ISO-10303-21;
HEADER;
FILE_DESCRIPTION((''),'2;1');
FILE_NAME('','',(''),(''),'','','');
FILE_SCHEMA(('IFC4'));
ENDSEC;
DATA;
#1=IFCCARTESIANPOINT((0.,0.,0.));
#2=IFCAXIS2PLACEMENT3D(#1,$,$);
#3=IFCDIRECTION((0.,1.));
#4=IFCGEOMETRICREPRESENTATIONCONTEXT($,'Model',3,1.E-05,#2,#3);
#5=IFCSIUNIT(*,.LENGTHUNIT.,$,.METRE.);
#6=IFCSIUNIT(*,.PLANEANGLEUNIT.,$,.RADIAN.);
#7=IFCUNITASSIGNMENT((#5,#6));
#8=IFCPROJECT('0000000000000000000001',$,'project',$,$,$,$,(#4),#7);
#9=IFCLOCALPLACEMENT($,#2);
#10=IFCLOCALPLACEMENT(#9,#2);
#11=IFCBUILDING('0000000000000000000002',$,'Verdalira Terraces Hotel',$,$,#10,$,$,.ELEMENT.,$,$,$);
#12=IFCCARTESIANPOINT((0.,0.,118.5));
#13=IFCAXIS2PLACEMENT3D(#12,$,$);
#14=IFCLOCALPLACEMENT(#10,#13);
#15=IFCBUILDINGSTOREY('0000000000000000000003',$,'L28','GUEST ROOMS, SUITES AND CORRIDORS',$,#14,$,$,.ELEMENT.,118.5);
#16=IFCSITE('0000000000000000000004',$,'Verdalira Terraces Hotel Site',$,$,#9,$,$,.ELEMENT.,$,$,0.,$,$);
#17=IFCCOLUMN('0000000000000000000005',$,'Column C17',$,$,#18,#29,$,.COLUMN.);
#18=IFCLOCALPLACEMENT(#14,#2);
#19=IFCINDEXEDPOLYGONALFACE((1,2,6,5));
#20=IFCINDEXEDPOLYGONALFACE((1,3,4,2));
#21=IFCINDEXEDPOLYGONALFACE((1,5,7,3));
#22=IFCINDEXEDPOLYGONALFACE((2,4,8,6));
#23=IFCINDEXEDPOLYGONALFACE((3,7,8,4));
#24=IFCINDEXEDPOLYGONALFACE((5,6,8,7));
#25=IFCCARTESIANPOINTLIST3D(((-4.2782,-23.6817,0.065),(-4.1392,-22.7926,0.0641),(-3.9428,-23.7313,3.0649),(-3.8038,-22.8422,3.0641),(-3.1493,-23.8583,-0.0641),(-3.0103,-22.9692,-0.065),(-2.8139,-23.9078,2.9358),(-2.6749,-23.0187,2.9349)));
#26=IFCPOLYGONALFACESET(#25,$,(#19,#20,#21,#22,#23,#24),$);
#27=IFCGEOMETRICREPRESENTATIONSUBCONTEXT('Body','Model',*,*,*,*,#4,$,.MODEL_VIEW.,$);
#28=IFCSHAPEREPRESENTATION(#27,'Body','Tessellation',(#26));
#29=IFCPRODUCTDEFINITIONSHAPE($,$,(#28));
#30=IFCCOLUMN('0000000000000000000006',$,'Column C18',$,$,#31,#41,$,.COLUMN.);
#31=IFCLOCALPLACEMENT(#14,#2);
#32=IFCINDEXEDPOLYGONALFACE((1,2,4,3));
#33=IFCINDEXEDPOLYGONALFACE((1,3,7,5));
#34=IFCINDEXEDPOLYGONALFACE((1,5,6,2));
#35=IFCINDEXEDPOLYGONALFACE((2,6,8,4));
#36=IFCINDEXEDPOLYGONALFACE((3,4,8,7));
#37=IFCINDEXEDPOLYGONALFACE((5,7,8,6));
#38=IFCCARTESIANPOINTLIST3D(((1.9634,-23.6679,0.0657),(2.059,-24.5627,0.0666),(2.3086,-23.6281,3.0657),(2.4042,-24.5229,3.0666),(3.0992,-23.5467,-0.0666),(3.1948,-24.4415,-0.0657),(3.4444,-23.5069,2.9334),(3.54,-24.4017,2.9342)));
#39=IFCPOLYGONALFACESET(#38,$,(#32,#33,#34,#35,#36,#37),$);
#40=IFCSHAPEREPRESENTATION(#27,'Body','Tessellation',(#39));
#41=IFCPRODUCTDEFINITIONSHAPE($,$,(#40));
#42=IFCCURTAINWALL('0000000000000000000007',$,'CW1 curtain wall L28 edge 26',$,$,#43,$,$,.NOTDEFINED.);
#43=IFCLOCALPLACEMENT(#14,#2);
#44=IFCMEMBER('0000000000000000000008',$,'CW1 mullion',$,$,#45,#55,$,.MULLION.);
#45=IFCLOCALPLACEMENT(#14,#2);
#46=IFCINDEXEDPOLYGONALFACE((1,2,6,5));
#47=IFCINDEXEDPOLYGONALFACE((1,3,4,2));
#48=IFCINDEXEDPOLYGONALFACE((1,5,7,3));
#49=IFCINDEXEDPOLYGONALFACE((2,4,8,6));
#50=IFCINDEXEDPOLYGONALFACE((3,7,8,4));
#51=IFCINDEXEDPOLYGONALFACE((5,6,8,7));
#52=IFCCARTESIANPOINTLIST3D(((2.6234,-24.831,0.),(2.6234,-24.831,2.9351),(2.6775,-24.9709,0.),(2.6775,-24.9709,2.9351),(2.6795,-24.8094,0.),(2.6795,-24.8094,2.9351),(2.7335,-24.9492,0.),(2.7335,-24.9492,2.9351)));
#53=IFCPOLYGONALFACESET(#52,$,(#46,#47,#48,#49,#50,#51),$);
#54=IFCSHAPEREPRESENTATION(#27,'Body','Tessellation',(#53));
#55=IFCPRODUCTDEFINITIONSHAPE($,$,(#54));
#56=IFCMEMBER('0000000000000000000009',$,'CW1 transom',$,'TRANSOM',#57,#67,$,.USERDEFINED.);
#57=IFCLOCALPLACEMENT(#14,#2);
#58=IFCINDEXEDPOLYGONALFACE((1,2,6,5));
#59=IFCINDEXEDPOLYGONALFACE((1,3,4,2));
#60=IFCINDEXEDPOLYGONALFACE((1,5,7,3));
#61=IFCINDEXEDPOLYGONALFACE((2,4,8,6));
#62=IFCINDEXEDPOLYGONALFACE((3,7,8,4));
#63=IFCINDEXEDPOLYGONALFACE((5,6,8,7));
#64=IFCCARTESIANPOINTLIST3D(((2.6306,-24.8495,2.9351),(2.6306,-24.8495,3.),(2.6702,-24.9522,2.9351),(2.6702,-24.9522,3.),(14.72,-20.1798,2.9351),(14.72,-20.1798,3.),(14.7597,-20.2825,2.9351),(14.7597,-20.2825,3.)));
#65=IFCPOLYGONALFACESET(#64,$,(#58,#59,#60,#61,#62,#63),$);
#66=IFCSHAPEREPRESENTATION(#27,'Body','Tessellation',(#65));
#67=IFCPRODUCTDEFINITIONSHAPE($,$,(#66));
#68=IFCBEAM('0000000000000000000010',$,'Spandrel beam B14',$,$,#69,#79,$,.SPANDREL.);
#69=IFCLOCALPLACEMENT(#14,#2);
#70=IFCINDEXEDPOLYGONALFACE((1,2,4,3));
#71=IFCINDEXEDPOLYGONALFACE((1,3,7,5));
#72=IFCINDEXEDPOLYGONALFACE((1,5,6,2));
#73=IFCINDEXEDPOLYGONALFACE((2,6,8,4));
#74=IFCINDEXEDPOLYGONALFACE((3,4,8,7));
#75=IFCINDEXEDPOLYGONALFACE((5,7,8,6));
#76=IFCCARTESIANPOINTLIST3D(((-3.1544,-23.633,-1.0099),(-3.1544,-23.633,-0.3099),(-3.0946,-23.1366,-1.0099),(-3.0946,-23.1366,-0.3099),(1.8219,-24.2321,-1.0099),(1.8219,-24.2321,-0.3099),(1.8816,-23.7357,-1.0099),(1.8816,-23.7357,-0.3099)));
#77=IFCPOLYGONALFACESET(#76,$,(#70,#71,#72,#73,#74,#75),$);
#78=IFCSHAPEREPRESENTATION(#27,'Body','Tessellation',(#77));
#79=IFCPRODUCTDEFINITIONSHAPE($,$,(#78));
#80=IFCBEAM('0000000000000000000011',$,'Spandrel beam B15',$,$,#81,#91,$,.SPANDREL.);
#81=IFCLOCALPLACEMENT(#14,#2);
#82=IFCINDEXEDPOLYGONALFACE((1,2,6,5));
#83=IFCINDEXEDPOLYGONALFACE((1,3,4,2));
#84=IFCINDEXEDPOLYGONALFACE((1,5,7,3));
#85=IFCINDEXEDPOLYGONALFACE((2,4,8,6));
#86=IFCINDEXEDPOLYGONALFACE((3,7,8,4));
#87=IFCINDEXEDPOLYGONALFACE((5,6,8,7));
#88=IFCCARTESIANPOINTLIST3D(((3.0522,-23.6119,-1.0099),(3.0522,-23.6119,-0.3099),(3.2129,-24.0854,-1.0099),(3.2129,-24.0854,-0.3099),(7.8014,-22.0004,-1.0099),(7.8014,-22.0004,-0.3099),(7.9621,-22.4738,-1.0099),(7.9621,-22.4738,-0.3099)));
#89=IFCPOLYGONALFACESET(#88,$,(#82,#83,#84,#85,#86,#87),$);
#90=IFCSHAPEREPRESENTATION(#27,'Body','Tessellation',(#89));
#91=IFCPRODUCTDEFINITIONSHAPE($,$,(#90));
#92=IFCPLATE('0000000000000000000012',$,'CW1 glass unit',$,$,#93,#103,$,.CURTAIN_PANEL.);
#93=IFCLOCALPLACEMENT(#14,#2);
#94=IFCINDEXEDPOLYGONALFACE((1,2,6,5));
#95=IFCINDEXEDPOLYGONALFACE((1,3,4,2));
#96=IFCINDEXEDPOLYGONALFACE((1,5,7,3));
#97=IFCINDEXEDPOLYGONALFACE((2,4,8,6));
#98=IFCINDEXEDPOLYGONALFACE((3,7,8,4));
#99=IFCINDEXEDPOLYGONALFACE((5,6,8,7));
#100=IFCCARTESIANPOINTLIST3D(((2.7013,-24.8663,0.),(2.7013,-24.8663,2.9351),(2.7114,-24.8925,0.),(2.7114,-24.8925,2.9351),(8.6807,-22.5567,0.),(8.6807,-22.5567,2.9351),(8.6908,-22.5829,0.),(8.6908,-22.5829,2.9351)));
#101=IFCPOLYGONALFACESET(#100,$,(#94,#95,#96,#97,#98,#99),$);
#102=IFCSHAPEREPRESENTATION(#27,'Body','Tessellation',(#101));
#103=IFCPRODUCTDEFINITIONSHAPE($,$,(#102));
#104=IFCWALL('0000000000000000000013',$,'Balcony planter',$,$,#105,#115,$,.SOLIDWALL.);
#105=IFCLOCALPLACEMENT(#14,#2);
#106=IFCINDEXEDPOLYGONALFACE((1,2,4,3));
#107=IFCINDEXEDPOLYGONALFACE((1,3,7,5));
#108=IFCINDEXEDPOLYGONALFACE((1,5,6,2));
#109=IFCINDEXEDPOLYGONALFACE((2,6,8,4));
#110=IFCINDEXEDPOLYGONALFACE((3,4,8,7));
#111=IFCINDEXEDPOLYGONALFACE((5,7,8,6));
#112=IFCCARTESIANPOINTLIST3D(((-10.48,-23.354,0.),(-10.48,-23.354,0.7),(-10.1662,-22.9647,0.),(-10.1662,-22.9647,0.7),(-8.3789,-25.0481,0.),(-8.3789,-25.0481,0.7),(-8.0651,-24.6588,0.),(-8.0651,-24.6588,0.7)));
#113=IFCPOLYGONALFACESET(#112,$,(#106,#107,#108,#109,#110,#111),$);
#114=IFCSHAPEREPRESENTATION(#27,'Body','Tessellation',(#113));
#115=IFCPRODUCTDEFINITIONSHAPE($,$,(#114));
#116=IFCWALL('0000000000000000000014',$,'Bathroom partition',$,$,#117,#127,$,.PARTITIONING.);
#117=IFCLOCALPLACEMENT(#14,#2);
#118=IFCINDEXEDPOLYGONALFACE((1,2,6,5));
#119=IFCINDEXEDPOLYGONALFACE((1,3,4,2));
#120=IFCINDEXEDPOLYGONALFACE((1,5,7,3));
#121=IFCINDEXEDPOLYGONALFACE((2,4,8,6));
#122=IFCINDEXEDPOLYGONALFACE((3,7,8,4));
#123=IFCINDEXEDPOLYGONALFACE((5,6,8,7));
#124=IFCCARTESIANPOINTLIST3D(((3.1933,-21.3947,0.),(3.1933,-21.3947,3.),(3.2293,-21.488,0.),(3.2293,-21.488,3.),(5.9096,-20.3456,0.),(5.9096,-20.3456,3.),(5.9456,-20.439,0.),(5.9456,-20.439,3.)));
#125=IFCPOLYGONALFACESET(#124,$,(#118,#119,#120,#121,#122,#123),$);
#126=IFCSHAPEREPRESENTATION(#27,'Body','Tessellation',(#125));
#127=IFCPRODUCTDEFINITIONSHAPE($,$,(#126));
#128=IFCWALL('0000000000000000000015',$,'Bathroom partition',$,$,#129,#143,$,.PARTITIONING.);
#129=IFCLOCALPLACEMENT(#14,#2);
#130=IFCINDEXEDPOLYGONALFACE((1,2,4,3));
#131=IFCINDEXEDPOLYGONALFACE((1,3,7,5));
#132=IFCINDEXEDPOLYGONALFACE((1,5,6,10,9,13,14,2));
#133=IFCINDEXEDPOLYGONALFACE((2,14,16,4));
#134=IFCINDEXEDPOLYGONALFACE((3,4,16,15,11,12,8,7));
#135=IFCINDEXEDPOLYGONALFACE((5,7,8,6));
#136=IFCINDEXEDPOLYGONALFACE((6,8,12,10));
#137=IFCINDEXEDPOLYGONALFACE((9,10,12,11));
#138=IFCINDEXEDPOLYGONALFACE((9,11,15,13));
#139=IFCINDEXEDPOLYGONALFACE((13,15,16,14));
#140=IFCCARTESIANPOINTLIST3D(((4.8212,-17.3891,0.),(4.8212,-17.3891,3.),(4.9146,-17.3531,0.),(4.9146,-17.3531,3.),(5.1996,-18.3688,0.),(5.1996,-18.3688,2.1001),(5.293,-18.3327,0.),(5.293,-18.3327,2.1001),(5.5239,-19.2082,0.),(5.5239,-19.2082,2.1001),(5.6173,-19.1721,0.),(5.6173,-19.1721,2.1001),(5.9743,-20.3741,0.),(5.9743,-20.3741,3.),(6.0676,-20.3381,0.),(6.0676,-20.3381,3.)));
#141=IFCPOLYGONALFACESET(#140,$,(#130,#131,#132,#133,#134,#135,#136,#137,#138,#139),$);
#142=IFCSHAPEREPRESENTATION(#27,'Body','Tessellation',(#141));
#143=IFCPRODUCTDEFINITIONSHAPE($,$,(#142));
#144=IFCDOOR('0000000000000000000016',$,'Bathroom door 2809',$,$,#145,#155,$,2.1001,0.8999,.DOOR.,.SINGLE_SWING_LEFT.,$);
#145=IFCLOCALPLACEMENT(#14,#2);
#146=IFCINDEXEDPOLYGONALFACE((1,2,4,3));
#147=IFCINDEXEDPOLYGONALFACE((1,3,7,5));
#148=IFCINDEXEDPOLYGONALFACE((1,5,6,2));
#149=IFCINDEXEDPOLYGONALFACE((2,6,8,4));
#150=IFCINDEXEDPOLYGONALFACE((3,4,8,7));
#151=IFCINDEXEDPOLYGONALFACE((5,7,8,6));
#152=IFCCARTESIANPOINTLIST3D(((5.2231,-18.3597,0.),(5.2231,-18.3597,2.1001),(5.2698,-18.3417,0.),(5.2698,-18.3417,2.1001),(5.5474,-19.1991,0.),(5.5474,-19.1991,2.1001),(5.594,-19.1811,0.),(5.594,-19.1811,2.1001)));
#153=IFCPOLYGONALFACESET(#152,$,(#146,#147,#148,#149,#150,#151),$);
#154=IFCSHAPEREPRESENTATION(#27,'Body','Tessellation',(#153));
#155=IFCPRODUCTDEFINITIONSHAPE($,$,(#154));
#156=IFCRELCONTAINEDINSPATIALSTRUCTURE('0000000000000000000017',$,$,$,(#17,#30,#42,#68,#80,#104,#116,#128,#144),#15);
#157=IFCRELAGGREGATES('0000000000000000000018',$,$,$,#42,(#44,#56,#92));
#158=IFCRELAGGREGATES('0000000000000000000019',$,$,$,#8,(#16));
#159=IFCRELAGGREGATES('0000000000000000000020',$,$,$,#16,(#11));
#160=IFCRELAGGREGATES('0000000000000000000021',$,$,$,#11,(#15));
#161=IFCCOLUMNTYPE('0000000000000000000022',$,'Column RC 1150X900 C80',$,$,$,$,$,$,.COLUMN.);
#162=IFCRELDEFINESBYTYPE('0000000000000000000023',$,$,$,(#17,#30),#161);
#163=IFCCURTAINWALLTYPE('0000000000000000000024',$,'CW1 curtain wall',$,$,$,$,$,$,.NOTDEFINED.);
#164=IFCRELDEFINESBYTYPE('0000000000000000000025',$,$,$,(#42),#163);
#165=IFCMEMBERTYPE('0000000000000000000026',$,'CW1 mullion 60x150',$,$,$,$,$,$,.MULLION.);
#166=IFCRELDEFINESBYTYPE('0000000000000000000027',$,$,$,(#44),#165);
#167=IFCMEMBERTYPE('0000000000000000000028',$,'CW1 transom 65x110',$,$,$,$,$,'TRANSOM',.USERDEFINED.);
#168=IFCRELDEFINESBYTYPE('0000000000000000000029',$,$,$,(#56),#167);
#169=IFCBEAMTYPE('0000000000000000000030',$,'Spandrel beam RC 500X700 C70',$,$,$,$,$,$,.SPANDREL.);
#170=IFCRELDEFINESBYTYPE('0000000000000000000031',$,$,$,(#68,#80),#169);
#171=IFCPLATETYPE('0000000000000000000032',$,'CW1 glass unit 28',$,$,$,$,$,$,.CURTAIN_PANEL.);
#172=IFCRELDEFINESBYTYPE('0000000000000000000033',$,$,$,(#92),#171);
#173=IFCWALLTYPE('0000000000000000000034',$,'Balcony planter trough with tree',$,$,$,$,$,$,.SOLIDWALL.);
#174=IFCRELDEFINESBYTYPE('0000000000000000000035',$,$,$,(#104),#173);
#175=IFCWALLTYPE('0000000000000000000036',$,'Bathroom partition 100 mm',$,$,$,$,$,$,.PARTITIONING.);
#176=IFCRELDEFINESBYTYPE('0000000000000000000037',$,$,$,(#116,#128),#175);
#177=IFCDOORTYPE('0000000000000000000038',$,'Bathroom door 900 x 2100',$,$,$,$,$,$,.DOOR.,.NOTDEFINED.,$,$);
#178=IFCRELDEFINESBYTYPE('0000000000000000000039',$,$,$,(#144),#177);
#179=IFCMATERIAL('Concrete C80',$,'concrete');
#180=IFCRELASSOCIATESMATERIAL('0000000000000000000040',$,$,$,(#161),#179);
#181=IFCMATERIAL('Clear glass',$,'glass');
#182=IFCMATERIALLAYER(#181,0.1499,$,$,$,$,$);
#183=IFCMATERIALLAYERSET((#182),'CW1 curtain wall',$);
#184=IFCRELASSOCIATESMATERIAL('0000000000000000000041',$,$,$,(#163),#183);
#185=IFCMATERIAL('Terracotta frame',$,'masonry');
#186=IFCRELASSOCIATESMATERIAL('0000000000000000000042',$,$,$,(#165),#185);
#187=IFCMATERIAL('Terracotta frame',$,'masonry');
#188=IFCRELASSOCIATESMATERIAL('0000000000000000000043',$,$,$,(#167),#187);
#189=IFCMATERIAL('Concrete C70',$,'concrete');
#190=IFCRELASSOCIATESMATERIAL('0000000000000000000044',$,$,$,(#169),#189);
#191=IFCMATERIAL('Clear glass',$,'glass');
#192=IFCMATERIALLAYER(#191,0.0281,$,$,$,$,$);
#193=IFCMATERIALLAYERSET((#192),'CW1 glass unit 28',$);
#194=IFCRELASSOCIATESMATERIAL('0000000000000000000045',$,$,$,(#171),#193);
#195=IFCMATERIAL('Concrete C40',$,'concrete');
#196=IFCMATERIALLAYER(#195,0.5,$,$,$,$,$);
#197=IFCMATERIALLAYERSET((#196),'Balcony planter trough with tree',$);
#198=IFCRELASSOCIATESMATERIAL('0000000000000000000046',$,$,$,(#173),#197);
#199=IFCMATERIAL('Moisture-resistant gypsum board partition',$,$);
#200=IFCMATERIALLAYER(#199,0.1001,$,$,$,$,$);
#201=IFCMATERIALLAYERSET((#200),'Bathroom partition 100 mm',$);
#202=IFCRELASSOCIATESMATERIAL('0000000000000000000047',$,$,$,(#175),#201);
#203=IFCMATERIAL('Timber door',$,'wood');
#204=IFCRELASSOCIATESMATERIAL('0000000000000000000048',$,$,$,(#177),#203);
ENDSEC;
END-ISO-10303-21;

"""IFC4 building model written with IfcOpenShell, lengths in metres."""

from ifc_helpers import new_model, si_unit, direction, frame, frame_2d, origin, origin_2d, place, context, subcontext, project, spatial, rectangle, extrude, material, layer, layer_set, material_profile, profile_set, type_object, element, fill, aggregate, save


model = new_model("IFC4")

# Units and contexts
model_context = context("Model", 3, precision=1e-05, world=origin(), true_north=direction((0.0, 1.0)))
body_context = subcontext(model_context, "Body", "Model", "MODEL_VIEW")
ifc_project = project(units=[si_unit("LENGTHUNIT", "METRE"), si_unit("PLANEANGLEUNIT", "RADIAN")], contexts=[model_context])

# Site, building, storey
site_placement = place(None, origin())
site = spatial("IfcSite", under=ifc_project, at=site_placement, Name="Verdalira Terraces Hotel Site", CompositionType="ELEMENT", RefElevation=0.0)
building_placement = place(site_placement, origin())
building = spatial("IfcBuilding", under=site, at=building_placement, Name="Verdalira Terraces Hotel", CompositionType="ELEMENT")
storey_placement = place(building_placement, frame((0.0, 0.0, 118.5)))
storey = spatial("IfcBuildingStorey", under=building, at=storey_placement, Name="L28", Description="GUEST ROOMS, SUITES AND CORRIDORS", CompositionType="ELEMENT", Elevation=118.5)

# Columns
ifc_material_1 = material(Name="Concrete C80", Category="concrete")
ifc_material_profile_1 = material_profile(ifc_material_1, rectangle(XDim=1.1499, YDim=0.8999, at=origin_2d()), Name="RC 1150X900")
ifc_profile_set_1 = profile_set([ifc_material_profile_1], Name="Concrete C80")
column_type = type_object("IfcColumnType", Name="Column RC 1150X900 C80", PredefinedType="COLUMN", material=ifc_profile_set_1)
column_1_placement = place(storey_placement, frame((-3.6443, -23.3254, 0.0), z_axis=(0.111109, -0.016416, 0.993673), x_axis=(0.981735, -0.153568, -0.112311)))
element("IfcColumn", 1, at=column_1_placement, inside=storey, type_object=column_type, Name="Column C17", PredefinedType="COLUMN", context=body_context, shape_type="SweptSolid", body=[
    extrude(rectangle(XDim=1.1499, YDim=0.8999, at=origin_2d()), origin(), (0.0, 0.0, 1.0), 3.019),
])
column_2_placement = place(storey_placement, frame((2.5791, -24.0547, 0.0), z_axis=(0.114307, 0.013177, 0.993358), x_axis=(-0.987754, -0.105375, 0.11506)))
element("IfcColumn", 2, at=column_2_placement, inside=storey, type_object=column_type, Name="Column C18", PredefinedType="COLUMN", context=body_context, shape_type="SweptSolid", body=[
    extrude(rectangle(XDim=1.1499, YDim=0.8999, at=origin_2d()), origin(), (0.0, 0.0, 1.0), 3.02),
])

# Curtain wall, members
ifc_material_2 = material(Name="Clear glass", Category="glass")
ifc_layer_1 = layer(ifc_material_2, 0.1499)
ifc_layer_set_1 = layer_set([ifc_layer_1], Name="CW1 curtain wall")
curtain_wall_type = type_object("IfcCurtainWallType", Name="CW1 curtain wall", PredefinedType="NOTDEFINED", material=ifc_layer_set_1)
curtain_wall_placement = place(storey_placement, origin())
curtain_wall = element("IfcCurtainWall", 3, at=curtain_wall_placement, inside=storey, type_object=curtain_wall_type, Name="CW1 curtain wall L28 edge 26", PredefinedType="NOTDEFINED")
ifc_material_3 = material(Name="Terracotta frame", Category="masonry")
ifc_material_profile_2 = material_profile(ifc_material_3, rectangle(XDim=0.0601, YDim=0.1499, at=origin_2d()), Name="MU 60x150")
ifc_profile_set_2 = profile_set([ifc_material_profile_2], Name="Terracotta frame")
member_type_1 = type_object("IfcMemberType", Name="CW1 mullion 60x150", PredefinedType="MULLION", material=ifc_profile_set_2)
member_1_placement = place(storey_placement, frame((2.6785, -24.8901, 0.0), z_axis=(0.0, 0.0, 1.0), x_axis=(0.932828, 0.360322, 0.0)))
member_1 = element("IfcMember", 4, at=member_1_placement, type_object=member_type_1, Name="CW1 mullion", PredefinedType="MULLION", context=body_context, shape_type="SweptSolid", body=[
    extrude(rectangle(XDim=0.0601, YDim=0.1499, at=origin_2d()), origin(), (0.0, 0.0, 1.0), 2.9351),
])
ifc_material_4 = material(Name="Terracotta frame", Category="masonry")
ifc_material_profile_3 = material_profile(ifc_material_4, rectangle(XDim=0.1101, YDim=0.0649, at=origin_2d()), Name="TR 65x110")
ifc_profile_set_3 = profile_set([ifc_material_profile_3], Name="Terracotta frame")
member_type_2 = type_object("IfcMemberType", Name="CW1 transom 65x110", ElementType="TRANSOM", PredefinedType="USERDEFINED", material=ifc_profile_set_3)
member_2_placement = place(storey_placement, frame((2.6504, -24.9009, 2.9675), z_axis=(0.93283, 0.360318, 0.0), x_axis=(-0.360318, 0.93283, 0.0)))
member_2 = element("IfcMember", 5, at=member_2_placement, type_object=member_type_2, Name="CW1 transom", ObjectType="TRANSOM", PredefinedType="USERDEFINED", context=body_context, shape_type="SweptSolid", body=[
    extrude(rectangle(XDim=0.1101, YDim=0.0649, at=origin_2d()), origin(), (0.0, 0.0, 1.0), 12.96),
])

# Beams
ifc_material_5 = material(Name="Concrete C70", Category="concrete")
ifc_material_profile_4 = material_profile(ifc_material_5, rectangle(XDim=0.5, YDim=0.7, at=origin_2d()), Name="RC 500X700")
ifc_profile_set_4 = profile_set([ifc_material_profile_4], Name="Concrete C70")
beam_type = type_object("IfcBeamType", Name="Spandrel beam RC 500X700 C70", PredefinedType="SPANDREL", material=ifc_profile_set_4)
beam_1_placement = place(storey_placement, frame((-3.1245, -23.3848, -0.6599), z_axis=(0.99283, -0.119531, 0.0), x_axis=(0.119531, 0.99283, 0.0)))
element("IfcBeam", 6, at=beam_1_placement, inside=storey, type_object=beam_type, Name="Spandrel beam B14", PredefinedType="SPANDREL", context=body_context, shape_type="SweptSolid", body=[
    extrude(rectangle(XDim=0.5, YDim=0.7, at=origin_2d()), origin(), (0.0, 0.0, 1.0), 5.0122),
])
beam_2_placement = place(storey_placement, frame((3.1326, -23.8486, -0.6599), z_axis=(0.946966, 0.321335, 0.0), x_axis=(-0.321335, 0.946966, 0.0)))
element("IfcBeam", 7, at=beam_2_placement, inside=storey, type_object=beam_type, Name="Spandrel beam B15", PredefinedType="SPANDREL", context=body_context, shape_type="SweptSolid", body=[
    extrude(rectangle(XDim=0.5, YDim=0.7, at=origin_2d()), origin(), (0.0, 0.0, 1.0), 5.0151),
])

# Plate
ifc_material_6 = material(Name="Clear glass", Category="glass")
ifc_layer_2 = layer(ifc_material_6, 0.0281)
ifc_layer_set_2 = layer_set([ifc_layer_2], Name="CW1 glass unit 28")
plate_type = type_object("IfcPlateType", Name="CW1 glass unit 28", PredefinedType="CURTAIN_PANEL", material=ifc_layer_set_2)
plate_placement = place(storey_placement, frame((5.696, -23.7246, 0.0), z_axis=(0.0, 0.0, 1.0), x_axis=(0.932828, 0.360322, 0.0)))
plate = element("IfcPlate", 8, at=plate_placement, type_object=plate_type, Name="CW1 glass unit", PredefinedType="CURTAIN_PANEL", context=body_context, shape_type="SweptSolid", body=[
    extrude(rectangle(XDim=6.4099, YDim=0.0281, at=origin_2d()), origin(), (0.0, 0.0, 1.0), 2.9351),
])
aggregate(curtain_wall, [member_1, member_2, plate])

# Walls
ifc_material_7 = material(Name="Concrete C40", Category="concrete")
ifc_layer_3 = layer(ifc_material_7, 0.5)
ifc_layer_set_3 = layer_set([ifc_layer_3], Name="Balcony planter trough with tree")
wall_type_1 = type_object("IfcWallType", Name="Balcony planter trough with tree", PredefinedType="SOLIDWALL", material=ifc_layer_set_3)
wall_1_placement = place(storey_placement, frame((-8.2219, -24.8535, 0.0), z_axis=(0.0, 0.0, 1.0), x_axis=(-0.778471, 0.62768, 0.0)))
element("IfcWall", 9, at=wall_1_placement, inside=storey, type_object=wall_type_1, Name="Balcony planter", PredefinedType="SOLIDWALL", context=body_context, shape_type="SweptSolid", body=[
    extrude(rectangle(XDim=2.699, YDim=0.5, at=frame_2d((1.3496, 0.0))), origin(), (0.0, 0.0, 1.0), 0.7),
])
ifc_material_8 = material(Name="Moisture-resistant gypsum board partition")
ifc_layer_4 = layer(ifc_material_8, 0.1001)
ifc_layer_set_4 = layer_set([ifc_layer_4], Name="Bathroom partition 100 mm")
wall_type_2 = type_object("IfcWallType", Name="Bathroom partition 100 mm", PredefinedType="PARTITIONING", material=ifc_layer_set_4)
wall_2_placement = place(storey_placement, frame((3.2112, -21.4414, 0.0), z_axis=(0.0, 0.0, 1.0), x_axis=(0.932846, 0.360277, 0.0)))
element("IfcWall", 10, at=wall_2_placement, inside=storey, type_object=wall_type_2, Name="Bathroom partition", PredefinedType="PARTITIONING", context=body_context, shape_type="SweptSolid", body=[
    extrude(rectangle(XDim=2.9119, YDim=0.1001, at=frame_2d((1.4561, 0.0))), origin(), (0.0, 0.0, 1.0), 3.0),
])

# Wall, opening, door
wall_3_placement = place(storey_placement, frame((6.021, -20.3562, 0.0), z_axis=(0.0, 0.0, 1.0), x_axis=(-0.360328, 0.932826, 0.0)))
wall_3 = element("IfcWall", 11, at=wall_3_placement, inside=storey, type_object=wall_type_2, Name="Bathroom partition", PredefinedType="PARTITIONING", context=body_context, shape_type="SweptSolid", body=[
    extrude(rectangle(XDim=3.2, YDim=0.1001, at=frame_2d((1.6001, 0.0))), origin(), (0.0, 0.0, 1.0), 3.0),
])
opening_1_placement = place(wall_3_placement, frame((1.25, 0.0, 0.0)))
opening_1 = element("IfcOpeningElement", 12, at=opening_1_placement, cuts=wall_3, PredefinedType="OPENING", context=body_context, shape_type="SweptSolid", body=[
    extrude(rectangle(XDim=0.8999, YDim=2.1001, at=frame_2d((0.45, 1.05))), frame((0.0, 0.0601, 0.0), z_axis=(0.0, -1.0, 0.0), x_axis=(1.0, 0.0, 0.0)), (0.0, 0.0, 1.0), 0.1201),
])
ifc_material_9 = material(Name="Timber door", Category="wood")
door_type_1 = type_object("IfcDoorType", Name="Bathroom door 900 x 2100", OperationType="NOTDEFINED", PredefinedType="DOOR", material=ifc_material_9)
door_1_placement = place(opening_1_placement, origin())
door_1 = element("IfcDoor", 13, at=door_1_placement, inside=storey, type_object=door_type_1, Name="Bathroom door 2809", OperationType="SINGLE_SWING_LEFT", OverallHeight=2.1001, OverallWidth=0.8999, PredefinedType="DOOR", context=body_context, shape_type="SweptSolid", body=[
    extrude(rectangle(XDim=0.8999, YDim=2.1001, at=frame_2d((0.45, 1.05))), frame((0.0, 0.0249, 0.0), z_axis=(0.0, -1.0, 0.0), x_axis=(1.0, 0.0, 0.0)), (0.0, 0.0, 1.0), 0.05),
])
fill(opening_1, door_1)

save(model, "model.ifc")
